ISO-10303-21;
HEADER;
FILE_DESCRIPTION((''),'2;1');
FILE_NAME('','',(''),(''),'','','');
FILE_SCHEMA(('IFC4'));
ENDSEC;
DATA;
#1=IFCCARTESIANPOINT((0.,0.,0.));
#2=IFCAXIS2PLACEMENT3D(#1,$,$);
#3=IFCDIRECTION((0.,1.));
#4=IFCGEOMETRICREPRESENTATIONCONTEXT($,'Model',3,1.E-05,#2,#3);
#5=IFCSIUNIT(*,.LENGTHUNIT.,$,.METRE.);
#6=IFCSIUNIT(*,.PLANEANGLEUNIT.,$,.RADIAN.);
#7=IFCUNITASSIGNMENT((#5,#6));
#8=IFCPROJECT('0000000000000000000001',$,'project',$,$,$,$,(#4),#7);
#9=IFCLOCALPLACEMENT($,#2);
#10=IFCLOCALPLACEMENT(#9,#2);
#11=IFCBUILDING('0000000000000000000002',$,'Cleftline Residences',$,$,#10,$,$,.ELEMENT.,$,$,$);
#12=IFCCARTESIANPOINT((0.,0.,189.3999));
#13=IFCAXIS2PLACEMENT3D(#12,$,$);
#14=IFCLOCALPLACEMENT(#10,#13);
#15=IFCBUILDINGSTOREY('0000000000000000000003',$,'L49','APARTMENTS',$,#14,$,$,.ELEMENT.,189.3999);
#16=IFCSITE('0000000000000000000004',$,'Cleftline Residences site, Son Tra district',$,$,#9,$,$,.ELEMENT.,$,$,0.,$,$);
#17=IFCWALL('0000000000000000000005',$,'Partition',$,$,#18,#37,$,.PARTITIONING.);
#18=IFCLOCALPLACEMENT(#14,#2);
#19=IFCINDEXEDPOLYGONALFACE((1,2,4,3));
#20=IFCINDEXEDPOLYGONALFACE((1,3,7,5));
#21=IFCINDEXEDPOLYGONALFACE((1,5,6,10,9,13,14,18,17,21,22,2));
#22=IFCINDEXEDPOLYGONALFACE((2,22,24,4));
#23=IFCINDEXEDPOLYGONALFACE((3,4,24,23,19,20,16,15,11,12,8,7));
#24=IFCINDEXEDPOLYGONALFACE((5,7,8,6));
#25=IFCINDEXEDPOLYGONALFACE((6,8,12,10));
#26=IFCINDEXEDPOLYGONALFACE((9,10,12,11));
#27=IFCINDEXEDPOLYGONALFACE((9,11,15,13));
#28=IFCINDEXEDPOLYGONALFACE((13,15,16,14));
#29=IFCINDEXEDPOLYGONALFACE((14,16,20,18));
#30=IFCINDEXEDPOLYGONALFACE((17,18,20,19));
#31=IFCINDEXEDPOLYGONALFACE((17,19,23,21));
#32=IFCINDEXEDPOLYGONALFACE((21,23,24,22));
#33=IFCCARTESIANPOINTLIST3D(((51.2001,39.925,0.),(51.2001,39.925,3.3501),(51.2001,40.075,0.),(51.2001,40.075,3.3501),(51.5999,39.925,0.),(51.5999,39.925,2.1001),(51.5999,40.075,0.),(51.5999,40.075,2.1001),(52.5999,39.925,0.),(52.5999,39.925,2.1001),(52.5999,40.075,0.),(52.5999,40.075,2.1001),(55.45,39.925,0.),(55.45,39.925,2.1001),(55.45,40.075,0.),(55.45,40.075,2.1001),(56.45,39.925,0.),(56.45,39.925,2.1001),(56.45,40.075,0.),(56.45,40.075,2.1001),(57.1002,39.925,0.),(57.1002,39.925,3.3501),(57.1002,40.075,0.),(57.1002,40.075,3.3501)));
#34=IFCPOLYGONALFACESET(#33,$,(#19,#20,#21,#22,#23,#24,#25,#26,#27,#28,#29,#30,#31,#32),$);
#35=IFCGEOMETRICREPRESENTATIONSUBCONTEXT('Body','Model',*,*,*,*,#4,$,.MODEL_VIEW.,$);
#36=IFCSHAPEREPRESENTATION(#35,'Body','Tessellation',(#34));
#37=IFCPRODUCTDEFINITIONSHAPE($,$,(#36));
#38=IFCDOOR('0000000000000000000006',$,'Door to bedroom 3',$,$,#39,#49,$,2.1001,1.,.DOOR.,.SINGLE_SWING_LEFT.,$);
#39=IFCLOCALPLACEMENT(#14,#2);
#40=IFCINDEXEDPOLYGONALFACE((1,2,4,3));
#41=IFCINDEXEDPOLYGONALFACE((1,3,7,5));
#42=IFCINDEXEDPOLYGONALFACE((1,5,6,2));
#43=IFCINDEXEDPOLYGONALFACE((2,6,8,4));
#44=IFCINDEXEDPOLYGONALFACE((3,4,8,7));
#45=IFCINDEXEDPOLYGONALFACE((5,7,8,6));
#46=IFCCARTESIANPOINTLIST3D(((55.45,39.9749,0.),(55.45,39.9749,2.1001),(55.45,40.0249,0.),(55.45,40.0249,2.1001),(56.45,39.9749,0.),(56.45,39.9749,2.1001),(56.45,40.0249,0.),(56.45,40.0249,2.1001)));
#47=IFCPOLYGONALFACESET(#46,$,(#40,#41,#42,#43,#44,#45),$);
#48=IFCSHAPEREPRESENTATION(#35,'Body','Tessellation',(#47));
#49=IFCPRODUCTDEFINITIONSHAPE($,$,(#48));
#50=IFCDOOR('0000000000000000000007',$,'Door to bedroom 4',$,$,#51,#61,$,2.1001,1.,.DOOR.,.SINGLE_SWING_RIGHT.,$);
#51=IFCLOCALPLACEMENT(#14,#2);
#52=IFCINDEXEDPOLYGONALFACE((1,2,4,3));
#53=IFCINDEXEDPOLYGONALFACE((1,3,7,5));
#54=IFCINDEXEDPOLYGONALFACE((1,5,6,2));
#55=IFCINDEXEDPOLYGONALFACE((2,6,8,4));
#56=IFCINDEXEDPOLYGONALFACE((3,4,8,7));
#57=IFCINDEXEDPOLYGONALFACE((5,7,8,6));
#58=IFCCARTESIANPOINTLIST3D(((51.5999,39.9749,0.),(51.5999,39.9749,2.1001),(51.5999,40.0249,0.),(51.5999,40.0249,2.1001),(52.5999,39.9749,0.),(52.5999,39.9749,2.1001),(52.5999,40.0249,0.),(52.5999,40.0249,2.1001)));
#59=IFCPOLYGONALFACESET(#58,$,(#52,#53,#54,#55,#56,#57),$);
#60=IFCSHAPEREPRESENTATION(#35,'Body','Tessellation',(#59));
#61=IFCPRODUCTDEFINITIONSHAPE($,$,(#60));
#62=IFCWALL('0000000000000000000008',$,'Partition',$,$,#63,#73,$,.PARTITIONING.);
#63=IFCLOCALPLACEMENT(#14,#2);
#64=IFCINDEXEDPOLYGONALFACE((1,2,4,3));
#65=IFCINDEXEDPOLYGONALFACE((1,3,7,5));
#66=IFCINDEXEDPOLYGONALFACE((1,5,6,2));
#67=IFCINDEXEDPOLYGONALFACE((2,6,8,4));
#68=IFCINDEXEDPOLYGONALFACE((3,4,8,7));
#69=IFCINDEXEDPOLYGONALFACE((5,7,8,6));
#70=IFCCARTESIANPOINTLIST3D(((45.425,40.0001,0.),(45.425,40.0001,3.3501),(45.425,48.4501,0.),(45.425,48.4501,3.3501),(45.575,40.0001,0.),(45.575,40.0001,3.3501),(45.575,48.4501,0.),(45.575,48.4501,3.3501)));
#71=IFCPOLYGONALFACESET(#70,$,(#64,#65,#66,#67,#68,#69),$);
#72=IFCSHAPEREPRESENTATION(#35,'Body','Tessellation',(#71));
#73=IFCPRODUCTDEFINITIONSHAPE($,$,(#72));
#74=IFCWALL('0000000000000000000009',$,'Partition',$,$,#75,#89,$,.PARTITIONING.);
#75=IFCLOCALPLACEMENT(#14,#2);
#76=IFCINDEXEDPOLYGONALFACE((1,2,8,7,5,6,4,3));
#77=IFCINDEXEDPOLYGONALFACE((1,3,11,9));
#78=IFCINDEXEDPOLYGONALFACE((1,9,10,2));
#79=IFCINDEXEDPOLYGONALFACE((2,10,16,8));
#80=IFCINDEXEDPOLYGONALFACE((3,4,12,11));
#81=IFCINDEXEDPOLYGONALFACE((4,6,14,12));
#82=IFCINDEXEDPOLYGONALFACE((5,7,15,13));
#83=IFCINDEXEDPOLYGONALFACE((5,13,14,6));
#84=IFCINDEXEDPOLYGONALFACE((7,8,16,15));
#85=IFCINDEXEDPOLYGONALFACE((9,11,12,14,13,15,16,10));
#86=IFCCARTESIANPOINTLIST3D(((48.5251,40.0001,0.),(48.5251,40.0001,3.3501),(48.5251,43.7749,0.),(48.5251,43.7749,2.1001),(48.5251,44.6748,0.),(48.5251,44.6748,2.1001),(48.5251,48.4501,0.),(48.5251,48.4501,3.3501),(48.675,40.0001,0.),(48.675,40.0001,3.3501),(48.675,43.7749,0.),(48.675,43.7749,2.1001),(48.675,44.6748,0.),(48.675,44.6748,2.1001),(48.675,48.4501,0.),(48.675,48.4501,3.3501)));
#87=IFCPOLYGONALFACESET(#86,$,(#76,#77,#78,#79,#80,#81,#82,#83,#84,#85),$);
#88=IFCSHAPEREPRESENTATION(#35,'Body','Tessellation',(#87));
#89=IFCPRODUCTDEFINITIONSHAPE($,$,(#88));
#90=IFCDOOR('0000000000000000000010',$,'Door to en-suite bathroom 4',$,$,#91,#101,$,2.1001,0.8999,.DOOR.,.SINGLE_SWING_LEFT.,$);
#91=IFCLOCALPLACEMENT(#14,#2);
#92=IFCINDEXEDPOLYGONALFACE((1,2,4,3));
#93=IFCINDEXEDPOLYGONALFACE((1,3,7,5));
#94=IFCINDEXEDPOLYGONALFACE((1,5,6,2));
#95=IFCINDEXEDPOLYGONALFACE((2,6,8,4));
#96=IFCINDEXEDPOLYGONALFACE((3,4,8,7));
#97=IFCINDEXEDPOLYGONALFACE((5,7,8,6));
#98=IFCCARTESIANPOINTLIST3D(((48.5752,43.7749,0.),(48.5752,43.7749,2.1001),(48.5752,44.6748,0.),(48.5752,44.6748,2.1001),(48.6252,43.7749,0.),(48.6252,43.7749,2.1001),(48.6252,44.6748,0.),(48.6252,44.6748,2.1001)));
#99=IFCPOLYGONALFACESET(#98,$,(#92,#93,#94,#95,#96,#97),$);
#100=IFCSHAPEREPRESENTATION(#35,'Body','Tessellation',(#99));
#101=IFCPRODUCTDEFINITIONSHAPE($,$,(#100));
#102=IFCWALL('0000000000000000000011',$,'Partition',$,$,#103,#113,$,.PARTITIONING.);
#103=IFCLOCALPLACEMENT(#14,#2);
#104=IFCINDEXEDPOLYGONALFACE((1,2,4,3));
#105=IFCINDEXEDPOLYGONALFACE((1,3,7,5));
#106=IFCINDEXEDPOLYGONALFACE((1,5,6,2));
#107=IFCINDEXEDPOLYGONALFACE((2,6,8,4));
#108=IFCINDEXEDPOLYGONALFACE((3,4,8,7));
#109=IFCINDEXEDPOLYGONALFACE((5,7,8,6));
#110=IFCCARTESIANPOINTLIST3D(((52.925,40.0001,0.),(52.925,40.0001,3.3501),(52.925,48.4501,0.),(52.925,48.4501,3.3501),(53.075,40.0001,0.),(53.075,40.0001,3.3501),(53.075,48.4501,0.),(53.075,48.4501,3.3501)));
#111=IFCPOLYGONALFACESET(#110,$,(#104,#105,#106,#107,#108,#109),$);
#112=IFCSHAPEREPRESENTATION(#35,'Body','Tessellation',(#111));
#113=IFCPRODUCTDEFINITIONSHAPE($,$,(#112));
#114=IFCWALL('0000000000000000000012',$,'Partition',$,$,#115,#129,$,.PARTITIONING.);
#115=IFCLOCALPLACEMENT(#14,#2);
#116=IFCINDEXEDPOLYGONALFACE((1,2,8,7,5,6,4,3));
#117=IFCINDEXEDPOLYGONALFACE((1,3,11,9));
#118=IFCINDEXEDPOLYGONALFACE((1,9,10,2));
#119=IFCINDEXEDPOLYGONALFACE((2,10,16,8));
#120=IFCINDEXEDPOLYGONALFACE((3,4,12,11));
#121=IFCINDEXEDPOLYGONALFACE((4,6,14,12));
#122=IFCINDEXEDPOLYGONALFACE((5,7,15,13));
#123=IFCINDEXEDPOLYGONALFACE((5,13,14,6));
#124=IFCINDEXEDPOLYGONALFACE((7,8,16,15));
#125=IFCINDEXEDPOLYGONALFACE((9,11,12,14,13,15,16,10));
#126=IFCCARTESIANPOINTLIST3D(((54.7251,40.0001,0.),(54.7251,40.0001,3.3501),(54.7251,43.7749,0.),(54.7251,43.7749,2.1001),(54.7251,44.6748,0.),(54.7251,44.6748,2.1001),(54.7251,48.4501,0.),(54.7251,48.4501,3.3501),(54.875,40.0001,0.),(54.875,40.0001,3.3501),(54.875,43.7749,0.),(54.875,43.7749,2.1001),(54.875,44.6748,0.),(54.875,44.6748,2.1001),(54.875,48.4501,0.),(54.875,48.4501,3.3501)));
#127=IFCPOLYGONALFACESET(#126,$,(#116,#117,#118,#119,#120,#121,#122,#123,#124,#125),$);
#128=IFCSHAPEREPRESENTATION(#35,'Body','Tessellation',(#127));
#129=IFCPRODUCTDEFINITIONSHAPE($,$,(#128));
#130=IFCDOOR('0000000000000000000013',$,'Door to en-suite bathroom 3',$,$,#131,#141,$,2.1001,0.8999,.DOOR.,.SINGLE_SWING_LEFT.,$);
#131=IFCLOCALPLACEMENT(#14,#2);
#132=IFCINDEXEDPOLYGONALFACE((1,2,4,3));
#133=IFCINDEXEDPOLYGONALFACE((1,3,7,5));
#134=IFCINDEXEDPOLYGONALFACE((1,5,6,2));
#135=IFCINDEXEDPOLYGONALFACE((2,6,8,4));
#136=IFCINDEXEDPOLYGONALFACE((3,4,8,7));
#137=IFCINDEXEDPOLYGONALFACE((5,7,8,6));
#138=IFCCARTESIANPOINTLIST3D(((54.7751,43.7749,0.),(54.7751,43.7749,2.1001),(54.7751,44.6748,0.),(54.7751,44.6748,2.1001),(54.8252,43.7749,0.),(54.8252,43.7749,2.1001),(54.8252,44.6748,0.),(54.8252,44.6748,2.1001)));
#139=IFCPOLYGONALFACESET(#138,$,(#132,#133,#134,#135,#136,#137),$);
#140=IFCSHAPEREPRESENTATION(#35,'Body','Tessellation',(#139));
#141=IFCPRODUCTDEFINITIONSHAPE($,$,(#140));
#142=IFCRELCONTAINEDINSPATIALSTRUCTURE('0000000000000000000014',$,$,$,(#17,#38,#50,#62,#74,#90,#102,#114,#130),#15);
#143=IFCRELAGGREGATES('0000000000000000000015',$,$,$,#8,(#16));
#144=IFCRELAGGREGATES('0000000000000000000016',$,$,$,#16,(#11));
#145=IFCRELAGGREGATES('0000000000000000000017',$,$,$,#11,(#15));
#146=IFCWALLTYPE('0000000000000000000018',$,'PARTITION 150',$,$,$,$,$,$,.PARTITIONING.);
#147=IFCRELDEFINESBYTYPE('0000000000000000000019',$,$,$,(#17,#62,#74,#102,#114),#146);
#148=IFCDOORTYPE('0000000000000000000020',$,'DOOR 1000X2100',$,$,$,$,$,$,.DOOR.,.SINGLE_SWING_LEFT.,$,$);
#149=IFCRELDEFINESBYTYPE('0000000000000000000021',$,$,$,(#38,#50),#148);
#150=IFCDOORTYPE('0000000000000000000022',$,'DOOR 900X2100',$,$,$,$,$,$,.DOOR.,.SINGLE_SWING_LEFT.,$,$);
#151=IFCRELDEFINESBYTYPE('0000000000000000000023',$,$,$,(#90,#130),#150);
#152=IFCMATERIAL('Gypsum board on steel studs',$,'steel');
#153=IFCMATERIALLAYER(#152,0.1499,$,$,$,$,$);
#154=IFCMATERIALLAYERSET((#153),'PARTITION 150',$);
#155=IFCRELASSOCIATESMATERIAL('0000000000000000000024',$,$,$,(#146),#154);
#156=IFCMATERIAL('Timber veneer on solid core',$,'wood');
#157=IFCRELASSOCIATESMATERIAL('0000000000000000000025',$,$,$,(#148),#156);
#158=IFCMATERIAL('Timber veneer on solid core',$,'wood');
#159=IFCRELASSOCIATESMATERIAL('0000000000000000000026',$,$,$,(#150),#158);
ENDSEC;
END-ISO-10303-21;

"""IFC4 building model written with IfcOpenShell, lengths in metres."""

from ifc_helpers import new_model, si_unit, direction, frame, frame_2d, origin, place, context, subcontext, project, spatial, rectangle, extrude, material, layer, layer_set, type_object, element, fill, save


model = new_model("IFC4")

# Units and contexts
model_context = context("Model", 3, precision=1e-05, world=origin(), true_north=direction((0.0, 1.0)))
body_context = subcontext(model_context, "Body", "Model", "MODEL_VIEW")
ifc_project = project(units=[si_unit("LENGTHUNIT", "METRE"), si_unit("PLANEANGLEUNIT", "RADIAN")], contexts=[model_context])

# Site, building, storey
site_placement = place(None, origin())
site = spatial("IfcSite", under=ifc_project, at=site_placement, Name="Cleftline Residences site, Son Tra district", CompositionType="ELEMENT", RefElevation=0.0)
building_placement = place(site_placement, origin())
building = spatial("IfcBuilding", under=site, at=building_placement, Name="Cleftline Residences", CompositionType="ELEMENT")
storey_placement = place(building_placement, frame((0.0, 0.0, 189.3999)))
storey = spatial("IfcBuildingStorey", under=building, at=storey_placement, Name="L49", Description="APARTMENTS", CompositionType="ELEMENT", Elevation=189.3999)

# Shared definitions
ifc_material_1 = material(Name="Gypsum board on steel studs", Category="steel")
ifc_layer = layer(ifc_material_1, 0.1499)
ifc_layer_set = layer_set([ifc_layer], Name="PARTITION 150")
wall_type = type_object("IfcWallType", Name="PARTITION 150", PredefinedType="PARTITIONING", material=ifc_layer_set)
ifc_material_2 = material(Name="Timber veneer on solid core", Category="wood")
door_type_1 = type_object("IfcDoorType", Name="DOOR 1000X2100", OperationType="SINGLE_SWING_LEFT", PredefinedType="DOOR", material=ifc_material_2)
ifc_material_3 = material(Name="Timber veneer on solid core", Category="wood")
door_type_2 = type_object("IfcDoorType", Name="DOOR 900X2100", OperationType="SINGLE_SWING_LEFT", PredefinedType="DOOR", material=ifc_material_3)

# Wall, openings, doors
wall_1_placement = place(storey_placement, frame((51.2, 40.0, 0.0), z_axis=(0.0, 0.0, 1.0), x_axis=(1.0, 0.0, 0.0)))
wall_1 = element("IfcWall", 1, at=wall_1_placement, inside=storey, type_object=wall_type, Name="Partition", PredefinedType="PARTITIONING", context=body_context, shape_type="SweptSolid", body=[
    extrude(rectangle(XDim=5.9001, YDim=0.1499, at=frame_2d((2.9502, 0.0))), origin(), (0.0, 0.0, 1.0), 3.3501),
])
opening_1_placement = place(wall_1_placement, frame((4.25, 0.0, 0.0)))
opening_1 = element("IfcOpeningElement", 2, at=opening_1_placement, cuts=wall_1, PredefinedType="OPENING", context=body_context, shape_type="SweptSolid", body=[
    extrude(rectangle(XDim=1.0, YDim=2.1001, at=frame_2d((0.5, 1.05))), frame((0.0, 0.085, 0.0), z_axis=(0.0, -1.0, 0.0), x_axis=(1.0, 0.0, 0.0)), (0.0, 0.0, 1.0), 0.1699),
])
opening_2_placement = place(wall_1_placement, frame((0.3999, 0.0, 0.0)))
opening_2 = element("IfcOpeningElement", 3, at=opening_2_placement, cuts=wall_1, PredefinedType="OPENING", context=body_context, shape_type="SweptSolid", body=[
    extrude(rectangle(XDim=1.0, YDim=2.1001, at=frame_2d((0.5, 1.05))), frame((0.0, 0.085, 0.0), z_axis=(0.0, -1.0, 0.0), x_axis=(1.0, 0.0, 0.0)), (0.0, 0.0, 1.0), 0.1699),
])
door_1_placement = place(opening_1_placement, origin())
door_1 = element("IfcDoor", 4, at=door_1_placement, inside=storey, type_object=door_type_1, Name="Door to bedroom 3", OperationType="SINGLE_SWING_LEFT", OverallHeight=2.1001, OverallWidth=1.0, PredefinedType="DOOR", context=body_context, shape_type="SweptSolid", body=[
    extrude(rectangle(XDim=1.0, YDim=2.1001, at=frame_2d((0.5, 1.05))), frame((0.0, 0.0249, 0.0), z_axis=(0.0, -1.0, 0.0), x_axis=(1.0, 0.0, 0.0)), (0.0, 0.0, 1.0), 0.05),
])
fill(opening_1, door_1)
door_2_placement = place(opening_2_placement, origin())
door_2 = element("IfcDoor", 5, at=door_2_placement, inside=storey, type_object=door_type_1, Name="Door to bedroom 4", OperationType="SINGLE_SWING_RIGHT", OverallHeight=2.1001, OverallWidth=1.0, PredefinedType="DOOR", context=body_context, shape_type="SweptSolid", body=[
    extrude(rectangle(XDim=1.0, YDim=2.1001, at=frame_2d((0.5, 1.05))), frame((0.0, 0.0249, 0.0), z_axis=(0.0, -1.0, 0.0), x_axis=(1.0, 0.0, 0.0)), (0.0, 0.0, 1.0), 0.05),
])
fill(opening_2, door_2)

# Wall
wall_2_placement = place(storey_placement, frame((45.5, 40.0, 0.0), z_axis=(0.0, 0.0, 1.0), x_axis=(0.0, 1.0, 0.0)))
element("IfcWall", 6, at=wall_2_placement, inside=storey, type_object=wall_type, Name="Partition", PredefinedType="PARTITIONING", context=body_context, shape_type="SweptSolid", body=[
    extrude(rectangle(XDim=8.45, YDim=0.1499, at=frame_2d((4.2251, 0.0))), origin(), (0.0, 0.0, 1.0), 3.3501),
])

# Wall, opening, door
wall_3_placement = place(storey_placement, frame((48.6001, 40.0, 0.0), z_axis=(0.0, 0.0, 1.0), x_axis=(0.0, 1.0, 0.0)))
wall_3 = element("IfcWall", 7, at=wall_3_placement, inside=storey, type_object=wall_type, Name="Partition", PredefinedType="PARTITIONING", context=body_context, shape_type="SweptSolid", body=[
    extrude(rectangle(XDim=8.45, YDim=0.1499, at=frame_2d((4.2251, 0.0))), origin(), (0.0, 0.0, 1.0), 3.3501),
])
opening_3_placement = place(wall_3_placement, frame((3.7749, 0.0, 0.0)))
opening_3 = element("IfcOpeningElement", 8, at=opening_3_placement, cuts=wall_3, PredefinedType="OPENING", context=body_context, shape_type="SweptSolid", body=[
    extrude(rectangle(XDim=0.8999, YDim=2.1001, at=frame_2d((0.45, 1.05))), frame((0.0, 0.085, 0.0), z_axis=(0.0, -1.0, 0.0), x_axis=(1.0, 0.0, 0.0)), (0.0, 0.0, 1.0), 0.1699),
])
door_3_placement = place(opening_3_placement, origin())
door_3 = element("IfcDoor", 9, at=door_3_placement, inside=storey, type_object=door_type_2, Name="Door to en-suite bathroom 4", OperationType="SINGLE_SWING_LEFT", OverallHeight=2.1001, OverallWidth=0.8999, PredefinedType="DOOR", context=body_context, shape_type="SweptSolid", body=[
    extrude(rectangle(XDim=0.8999, YDim=2.1001, at=frame_2d((0.45, 1.05))), frame((0.0, 0.0249, 0.0), z_axis=(0.0, -1.0, 0.0), x_axis=(1.0, 0.0, 0.0)), (0.0, 0.0, 1.0), 0.05),
])
fill(opening_3, door_3)

# Wall
wall_4_placement = place(storey_placement, frame((53.0, 40.0, 0.0), z_axis=(0.0, 0.0, 1.0), x_axis=(0.0, 1.0, 0.0)))
element("IfcWall", 10, at=wall_4_placement, inside=storey, type_object=wall_type, Name="Partition", PredefinedType="PARTITIONING", context=body_context, shape_type="SweptSolid", body=[
    extrude(rectangle(XDim=8.45, YDim=0.1499, at=frame_2d((4.2251, 0.0))), origin(), (0.0, 0.0, 1.0), 3.3501),
])

# Wall, opening, door
wall_5_placement = place(storey_placement, frame((54.8, 40.0, 0.0), z_axis=(0.0, 0.0, 1.0), x_axis=(0.0, 1.0, 0.0)))
wall_5 = element("IfcWall", 11, at=wall_5_placement, inside=storey, type_object=wall_type, Name="Partition", PredefinedType="PARTITIONING", context=body_context, shape_type="SweptSolid", body=[
    extrude(rectangle(XDim=8.45, YDim=0.1499, at=frame_2d((4.2251, 0.0))), origin(), (0.0, 0.0, 1.0), 3.3501),
])
opening_4_placement = place(wall_5_placement, frame((3.7749, 0.0, 0.0)))
opening_4 = element("IfcOpeningElement", 12, at=opening_4_placement, cuts=wall_5, PredefinedType="OPENING", context=body_context, shape_type="SweptSolid", body=[
    extrude(rectangle(XDim=0.8999, YDim=2.1001, at=frame_2d((0.45, 1.05))), frame((0.0, 0.085, 0.0), z_axis=(0.0, -1.0, 0.0), x_axis=(1.0, 0.0, 0.0)), (0.0, 0.0, 1.0), 0.1699),
])
door_4_placement = place(opening_4_placement, origin())
door_4 = element("IfcDoor", 13, at=door_4_placement, inside=storey, type_object=door_type_2, Name="Door to en-suite bathroom 3", OperationType="SINGLE_SWING_LEFT", OverallHeight=2.1001, OverallWidth=0.8999, PredefinedType="DOOR", context=body_context, shape_type="SweptSolid", body=[
    extrude(rectangle(XDim=0.8999, YDim=2.1001, at=frame_2d((0.45, 1.05))), frame((0.0, 0.0249, 0.0), z_axis=(0.0, -1.0, 0.0), x_axis=(1.0, 0.0, 0.0)), (0.0, 0.0, 1.0), 0.05),
])
fill(opening_4, door_4)

save(model, "model.ifc")
